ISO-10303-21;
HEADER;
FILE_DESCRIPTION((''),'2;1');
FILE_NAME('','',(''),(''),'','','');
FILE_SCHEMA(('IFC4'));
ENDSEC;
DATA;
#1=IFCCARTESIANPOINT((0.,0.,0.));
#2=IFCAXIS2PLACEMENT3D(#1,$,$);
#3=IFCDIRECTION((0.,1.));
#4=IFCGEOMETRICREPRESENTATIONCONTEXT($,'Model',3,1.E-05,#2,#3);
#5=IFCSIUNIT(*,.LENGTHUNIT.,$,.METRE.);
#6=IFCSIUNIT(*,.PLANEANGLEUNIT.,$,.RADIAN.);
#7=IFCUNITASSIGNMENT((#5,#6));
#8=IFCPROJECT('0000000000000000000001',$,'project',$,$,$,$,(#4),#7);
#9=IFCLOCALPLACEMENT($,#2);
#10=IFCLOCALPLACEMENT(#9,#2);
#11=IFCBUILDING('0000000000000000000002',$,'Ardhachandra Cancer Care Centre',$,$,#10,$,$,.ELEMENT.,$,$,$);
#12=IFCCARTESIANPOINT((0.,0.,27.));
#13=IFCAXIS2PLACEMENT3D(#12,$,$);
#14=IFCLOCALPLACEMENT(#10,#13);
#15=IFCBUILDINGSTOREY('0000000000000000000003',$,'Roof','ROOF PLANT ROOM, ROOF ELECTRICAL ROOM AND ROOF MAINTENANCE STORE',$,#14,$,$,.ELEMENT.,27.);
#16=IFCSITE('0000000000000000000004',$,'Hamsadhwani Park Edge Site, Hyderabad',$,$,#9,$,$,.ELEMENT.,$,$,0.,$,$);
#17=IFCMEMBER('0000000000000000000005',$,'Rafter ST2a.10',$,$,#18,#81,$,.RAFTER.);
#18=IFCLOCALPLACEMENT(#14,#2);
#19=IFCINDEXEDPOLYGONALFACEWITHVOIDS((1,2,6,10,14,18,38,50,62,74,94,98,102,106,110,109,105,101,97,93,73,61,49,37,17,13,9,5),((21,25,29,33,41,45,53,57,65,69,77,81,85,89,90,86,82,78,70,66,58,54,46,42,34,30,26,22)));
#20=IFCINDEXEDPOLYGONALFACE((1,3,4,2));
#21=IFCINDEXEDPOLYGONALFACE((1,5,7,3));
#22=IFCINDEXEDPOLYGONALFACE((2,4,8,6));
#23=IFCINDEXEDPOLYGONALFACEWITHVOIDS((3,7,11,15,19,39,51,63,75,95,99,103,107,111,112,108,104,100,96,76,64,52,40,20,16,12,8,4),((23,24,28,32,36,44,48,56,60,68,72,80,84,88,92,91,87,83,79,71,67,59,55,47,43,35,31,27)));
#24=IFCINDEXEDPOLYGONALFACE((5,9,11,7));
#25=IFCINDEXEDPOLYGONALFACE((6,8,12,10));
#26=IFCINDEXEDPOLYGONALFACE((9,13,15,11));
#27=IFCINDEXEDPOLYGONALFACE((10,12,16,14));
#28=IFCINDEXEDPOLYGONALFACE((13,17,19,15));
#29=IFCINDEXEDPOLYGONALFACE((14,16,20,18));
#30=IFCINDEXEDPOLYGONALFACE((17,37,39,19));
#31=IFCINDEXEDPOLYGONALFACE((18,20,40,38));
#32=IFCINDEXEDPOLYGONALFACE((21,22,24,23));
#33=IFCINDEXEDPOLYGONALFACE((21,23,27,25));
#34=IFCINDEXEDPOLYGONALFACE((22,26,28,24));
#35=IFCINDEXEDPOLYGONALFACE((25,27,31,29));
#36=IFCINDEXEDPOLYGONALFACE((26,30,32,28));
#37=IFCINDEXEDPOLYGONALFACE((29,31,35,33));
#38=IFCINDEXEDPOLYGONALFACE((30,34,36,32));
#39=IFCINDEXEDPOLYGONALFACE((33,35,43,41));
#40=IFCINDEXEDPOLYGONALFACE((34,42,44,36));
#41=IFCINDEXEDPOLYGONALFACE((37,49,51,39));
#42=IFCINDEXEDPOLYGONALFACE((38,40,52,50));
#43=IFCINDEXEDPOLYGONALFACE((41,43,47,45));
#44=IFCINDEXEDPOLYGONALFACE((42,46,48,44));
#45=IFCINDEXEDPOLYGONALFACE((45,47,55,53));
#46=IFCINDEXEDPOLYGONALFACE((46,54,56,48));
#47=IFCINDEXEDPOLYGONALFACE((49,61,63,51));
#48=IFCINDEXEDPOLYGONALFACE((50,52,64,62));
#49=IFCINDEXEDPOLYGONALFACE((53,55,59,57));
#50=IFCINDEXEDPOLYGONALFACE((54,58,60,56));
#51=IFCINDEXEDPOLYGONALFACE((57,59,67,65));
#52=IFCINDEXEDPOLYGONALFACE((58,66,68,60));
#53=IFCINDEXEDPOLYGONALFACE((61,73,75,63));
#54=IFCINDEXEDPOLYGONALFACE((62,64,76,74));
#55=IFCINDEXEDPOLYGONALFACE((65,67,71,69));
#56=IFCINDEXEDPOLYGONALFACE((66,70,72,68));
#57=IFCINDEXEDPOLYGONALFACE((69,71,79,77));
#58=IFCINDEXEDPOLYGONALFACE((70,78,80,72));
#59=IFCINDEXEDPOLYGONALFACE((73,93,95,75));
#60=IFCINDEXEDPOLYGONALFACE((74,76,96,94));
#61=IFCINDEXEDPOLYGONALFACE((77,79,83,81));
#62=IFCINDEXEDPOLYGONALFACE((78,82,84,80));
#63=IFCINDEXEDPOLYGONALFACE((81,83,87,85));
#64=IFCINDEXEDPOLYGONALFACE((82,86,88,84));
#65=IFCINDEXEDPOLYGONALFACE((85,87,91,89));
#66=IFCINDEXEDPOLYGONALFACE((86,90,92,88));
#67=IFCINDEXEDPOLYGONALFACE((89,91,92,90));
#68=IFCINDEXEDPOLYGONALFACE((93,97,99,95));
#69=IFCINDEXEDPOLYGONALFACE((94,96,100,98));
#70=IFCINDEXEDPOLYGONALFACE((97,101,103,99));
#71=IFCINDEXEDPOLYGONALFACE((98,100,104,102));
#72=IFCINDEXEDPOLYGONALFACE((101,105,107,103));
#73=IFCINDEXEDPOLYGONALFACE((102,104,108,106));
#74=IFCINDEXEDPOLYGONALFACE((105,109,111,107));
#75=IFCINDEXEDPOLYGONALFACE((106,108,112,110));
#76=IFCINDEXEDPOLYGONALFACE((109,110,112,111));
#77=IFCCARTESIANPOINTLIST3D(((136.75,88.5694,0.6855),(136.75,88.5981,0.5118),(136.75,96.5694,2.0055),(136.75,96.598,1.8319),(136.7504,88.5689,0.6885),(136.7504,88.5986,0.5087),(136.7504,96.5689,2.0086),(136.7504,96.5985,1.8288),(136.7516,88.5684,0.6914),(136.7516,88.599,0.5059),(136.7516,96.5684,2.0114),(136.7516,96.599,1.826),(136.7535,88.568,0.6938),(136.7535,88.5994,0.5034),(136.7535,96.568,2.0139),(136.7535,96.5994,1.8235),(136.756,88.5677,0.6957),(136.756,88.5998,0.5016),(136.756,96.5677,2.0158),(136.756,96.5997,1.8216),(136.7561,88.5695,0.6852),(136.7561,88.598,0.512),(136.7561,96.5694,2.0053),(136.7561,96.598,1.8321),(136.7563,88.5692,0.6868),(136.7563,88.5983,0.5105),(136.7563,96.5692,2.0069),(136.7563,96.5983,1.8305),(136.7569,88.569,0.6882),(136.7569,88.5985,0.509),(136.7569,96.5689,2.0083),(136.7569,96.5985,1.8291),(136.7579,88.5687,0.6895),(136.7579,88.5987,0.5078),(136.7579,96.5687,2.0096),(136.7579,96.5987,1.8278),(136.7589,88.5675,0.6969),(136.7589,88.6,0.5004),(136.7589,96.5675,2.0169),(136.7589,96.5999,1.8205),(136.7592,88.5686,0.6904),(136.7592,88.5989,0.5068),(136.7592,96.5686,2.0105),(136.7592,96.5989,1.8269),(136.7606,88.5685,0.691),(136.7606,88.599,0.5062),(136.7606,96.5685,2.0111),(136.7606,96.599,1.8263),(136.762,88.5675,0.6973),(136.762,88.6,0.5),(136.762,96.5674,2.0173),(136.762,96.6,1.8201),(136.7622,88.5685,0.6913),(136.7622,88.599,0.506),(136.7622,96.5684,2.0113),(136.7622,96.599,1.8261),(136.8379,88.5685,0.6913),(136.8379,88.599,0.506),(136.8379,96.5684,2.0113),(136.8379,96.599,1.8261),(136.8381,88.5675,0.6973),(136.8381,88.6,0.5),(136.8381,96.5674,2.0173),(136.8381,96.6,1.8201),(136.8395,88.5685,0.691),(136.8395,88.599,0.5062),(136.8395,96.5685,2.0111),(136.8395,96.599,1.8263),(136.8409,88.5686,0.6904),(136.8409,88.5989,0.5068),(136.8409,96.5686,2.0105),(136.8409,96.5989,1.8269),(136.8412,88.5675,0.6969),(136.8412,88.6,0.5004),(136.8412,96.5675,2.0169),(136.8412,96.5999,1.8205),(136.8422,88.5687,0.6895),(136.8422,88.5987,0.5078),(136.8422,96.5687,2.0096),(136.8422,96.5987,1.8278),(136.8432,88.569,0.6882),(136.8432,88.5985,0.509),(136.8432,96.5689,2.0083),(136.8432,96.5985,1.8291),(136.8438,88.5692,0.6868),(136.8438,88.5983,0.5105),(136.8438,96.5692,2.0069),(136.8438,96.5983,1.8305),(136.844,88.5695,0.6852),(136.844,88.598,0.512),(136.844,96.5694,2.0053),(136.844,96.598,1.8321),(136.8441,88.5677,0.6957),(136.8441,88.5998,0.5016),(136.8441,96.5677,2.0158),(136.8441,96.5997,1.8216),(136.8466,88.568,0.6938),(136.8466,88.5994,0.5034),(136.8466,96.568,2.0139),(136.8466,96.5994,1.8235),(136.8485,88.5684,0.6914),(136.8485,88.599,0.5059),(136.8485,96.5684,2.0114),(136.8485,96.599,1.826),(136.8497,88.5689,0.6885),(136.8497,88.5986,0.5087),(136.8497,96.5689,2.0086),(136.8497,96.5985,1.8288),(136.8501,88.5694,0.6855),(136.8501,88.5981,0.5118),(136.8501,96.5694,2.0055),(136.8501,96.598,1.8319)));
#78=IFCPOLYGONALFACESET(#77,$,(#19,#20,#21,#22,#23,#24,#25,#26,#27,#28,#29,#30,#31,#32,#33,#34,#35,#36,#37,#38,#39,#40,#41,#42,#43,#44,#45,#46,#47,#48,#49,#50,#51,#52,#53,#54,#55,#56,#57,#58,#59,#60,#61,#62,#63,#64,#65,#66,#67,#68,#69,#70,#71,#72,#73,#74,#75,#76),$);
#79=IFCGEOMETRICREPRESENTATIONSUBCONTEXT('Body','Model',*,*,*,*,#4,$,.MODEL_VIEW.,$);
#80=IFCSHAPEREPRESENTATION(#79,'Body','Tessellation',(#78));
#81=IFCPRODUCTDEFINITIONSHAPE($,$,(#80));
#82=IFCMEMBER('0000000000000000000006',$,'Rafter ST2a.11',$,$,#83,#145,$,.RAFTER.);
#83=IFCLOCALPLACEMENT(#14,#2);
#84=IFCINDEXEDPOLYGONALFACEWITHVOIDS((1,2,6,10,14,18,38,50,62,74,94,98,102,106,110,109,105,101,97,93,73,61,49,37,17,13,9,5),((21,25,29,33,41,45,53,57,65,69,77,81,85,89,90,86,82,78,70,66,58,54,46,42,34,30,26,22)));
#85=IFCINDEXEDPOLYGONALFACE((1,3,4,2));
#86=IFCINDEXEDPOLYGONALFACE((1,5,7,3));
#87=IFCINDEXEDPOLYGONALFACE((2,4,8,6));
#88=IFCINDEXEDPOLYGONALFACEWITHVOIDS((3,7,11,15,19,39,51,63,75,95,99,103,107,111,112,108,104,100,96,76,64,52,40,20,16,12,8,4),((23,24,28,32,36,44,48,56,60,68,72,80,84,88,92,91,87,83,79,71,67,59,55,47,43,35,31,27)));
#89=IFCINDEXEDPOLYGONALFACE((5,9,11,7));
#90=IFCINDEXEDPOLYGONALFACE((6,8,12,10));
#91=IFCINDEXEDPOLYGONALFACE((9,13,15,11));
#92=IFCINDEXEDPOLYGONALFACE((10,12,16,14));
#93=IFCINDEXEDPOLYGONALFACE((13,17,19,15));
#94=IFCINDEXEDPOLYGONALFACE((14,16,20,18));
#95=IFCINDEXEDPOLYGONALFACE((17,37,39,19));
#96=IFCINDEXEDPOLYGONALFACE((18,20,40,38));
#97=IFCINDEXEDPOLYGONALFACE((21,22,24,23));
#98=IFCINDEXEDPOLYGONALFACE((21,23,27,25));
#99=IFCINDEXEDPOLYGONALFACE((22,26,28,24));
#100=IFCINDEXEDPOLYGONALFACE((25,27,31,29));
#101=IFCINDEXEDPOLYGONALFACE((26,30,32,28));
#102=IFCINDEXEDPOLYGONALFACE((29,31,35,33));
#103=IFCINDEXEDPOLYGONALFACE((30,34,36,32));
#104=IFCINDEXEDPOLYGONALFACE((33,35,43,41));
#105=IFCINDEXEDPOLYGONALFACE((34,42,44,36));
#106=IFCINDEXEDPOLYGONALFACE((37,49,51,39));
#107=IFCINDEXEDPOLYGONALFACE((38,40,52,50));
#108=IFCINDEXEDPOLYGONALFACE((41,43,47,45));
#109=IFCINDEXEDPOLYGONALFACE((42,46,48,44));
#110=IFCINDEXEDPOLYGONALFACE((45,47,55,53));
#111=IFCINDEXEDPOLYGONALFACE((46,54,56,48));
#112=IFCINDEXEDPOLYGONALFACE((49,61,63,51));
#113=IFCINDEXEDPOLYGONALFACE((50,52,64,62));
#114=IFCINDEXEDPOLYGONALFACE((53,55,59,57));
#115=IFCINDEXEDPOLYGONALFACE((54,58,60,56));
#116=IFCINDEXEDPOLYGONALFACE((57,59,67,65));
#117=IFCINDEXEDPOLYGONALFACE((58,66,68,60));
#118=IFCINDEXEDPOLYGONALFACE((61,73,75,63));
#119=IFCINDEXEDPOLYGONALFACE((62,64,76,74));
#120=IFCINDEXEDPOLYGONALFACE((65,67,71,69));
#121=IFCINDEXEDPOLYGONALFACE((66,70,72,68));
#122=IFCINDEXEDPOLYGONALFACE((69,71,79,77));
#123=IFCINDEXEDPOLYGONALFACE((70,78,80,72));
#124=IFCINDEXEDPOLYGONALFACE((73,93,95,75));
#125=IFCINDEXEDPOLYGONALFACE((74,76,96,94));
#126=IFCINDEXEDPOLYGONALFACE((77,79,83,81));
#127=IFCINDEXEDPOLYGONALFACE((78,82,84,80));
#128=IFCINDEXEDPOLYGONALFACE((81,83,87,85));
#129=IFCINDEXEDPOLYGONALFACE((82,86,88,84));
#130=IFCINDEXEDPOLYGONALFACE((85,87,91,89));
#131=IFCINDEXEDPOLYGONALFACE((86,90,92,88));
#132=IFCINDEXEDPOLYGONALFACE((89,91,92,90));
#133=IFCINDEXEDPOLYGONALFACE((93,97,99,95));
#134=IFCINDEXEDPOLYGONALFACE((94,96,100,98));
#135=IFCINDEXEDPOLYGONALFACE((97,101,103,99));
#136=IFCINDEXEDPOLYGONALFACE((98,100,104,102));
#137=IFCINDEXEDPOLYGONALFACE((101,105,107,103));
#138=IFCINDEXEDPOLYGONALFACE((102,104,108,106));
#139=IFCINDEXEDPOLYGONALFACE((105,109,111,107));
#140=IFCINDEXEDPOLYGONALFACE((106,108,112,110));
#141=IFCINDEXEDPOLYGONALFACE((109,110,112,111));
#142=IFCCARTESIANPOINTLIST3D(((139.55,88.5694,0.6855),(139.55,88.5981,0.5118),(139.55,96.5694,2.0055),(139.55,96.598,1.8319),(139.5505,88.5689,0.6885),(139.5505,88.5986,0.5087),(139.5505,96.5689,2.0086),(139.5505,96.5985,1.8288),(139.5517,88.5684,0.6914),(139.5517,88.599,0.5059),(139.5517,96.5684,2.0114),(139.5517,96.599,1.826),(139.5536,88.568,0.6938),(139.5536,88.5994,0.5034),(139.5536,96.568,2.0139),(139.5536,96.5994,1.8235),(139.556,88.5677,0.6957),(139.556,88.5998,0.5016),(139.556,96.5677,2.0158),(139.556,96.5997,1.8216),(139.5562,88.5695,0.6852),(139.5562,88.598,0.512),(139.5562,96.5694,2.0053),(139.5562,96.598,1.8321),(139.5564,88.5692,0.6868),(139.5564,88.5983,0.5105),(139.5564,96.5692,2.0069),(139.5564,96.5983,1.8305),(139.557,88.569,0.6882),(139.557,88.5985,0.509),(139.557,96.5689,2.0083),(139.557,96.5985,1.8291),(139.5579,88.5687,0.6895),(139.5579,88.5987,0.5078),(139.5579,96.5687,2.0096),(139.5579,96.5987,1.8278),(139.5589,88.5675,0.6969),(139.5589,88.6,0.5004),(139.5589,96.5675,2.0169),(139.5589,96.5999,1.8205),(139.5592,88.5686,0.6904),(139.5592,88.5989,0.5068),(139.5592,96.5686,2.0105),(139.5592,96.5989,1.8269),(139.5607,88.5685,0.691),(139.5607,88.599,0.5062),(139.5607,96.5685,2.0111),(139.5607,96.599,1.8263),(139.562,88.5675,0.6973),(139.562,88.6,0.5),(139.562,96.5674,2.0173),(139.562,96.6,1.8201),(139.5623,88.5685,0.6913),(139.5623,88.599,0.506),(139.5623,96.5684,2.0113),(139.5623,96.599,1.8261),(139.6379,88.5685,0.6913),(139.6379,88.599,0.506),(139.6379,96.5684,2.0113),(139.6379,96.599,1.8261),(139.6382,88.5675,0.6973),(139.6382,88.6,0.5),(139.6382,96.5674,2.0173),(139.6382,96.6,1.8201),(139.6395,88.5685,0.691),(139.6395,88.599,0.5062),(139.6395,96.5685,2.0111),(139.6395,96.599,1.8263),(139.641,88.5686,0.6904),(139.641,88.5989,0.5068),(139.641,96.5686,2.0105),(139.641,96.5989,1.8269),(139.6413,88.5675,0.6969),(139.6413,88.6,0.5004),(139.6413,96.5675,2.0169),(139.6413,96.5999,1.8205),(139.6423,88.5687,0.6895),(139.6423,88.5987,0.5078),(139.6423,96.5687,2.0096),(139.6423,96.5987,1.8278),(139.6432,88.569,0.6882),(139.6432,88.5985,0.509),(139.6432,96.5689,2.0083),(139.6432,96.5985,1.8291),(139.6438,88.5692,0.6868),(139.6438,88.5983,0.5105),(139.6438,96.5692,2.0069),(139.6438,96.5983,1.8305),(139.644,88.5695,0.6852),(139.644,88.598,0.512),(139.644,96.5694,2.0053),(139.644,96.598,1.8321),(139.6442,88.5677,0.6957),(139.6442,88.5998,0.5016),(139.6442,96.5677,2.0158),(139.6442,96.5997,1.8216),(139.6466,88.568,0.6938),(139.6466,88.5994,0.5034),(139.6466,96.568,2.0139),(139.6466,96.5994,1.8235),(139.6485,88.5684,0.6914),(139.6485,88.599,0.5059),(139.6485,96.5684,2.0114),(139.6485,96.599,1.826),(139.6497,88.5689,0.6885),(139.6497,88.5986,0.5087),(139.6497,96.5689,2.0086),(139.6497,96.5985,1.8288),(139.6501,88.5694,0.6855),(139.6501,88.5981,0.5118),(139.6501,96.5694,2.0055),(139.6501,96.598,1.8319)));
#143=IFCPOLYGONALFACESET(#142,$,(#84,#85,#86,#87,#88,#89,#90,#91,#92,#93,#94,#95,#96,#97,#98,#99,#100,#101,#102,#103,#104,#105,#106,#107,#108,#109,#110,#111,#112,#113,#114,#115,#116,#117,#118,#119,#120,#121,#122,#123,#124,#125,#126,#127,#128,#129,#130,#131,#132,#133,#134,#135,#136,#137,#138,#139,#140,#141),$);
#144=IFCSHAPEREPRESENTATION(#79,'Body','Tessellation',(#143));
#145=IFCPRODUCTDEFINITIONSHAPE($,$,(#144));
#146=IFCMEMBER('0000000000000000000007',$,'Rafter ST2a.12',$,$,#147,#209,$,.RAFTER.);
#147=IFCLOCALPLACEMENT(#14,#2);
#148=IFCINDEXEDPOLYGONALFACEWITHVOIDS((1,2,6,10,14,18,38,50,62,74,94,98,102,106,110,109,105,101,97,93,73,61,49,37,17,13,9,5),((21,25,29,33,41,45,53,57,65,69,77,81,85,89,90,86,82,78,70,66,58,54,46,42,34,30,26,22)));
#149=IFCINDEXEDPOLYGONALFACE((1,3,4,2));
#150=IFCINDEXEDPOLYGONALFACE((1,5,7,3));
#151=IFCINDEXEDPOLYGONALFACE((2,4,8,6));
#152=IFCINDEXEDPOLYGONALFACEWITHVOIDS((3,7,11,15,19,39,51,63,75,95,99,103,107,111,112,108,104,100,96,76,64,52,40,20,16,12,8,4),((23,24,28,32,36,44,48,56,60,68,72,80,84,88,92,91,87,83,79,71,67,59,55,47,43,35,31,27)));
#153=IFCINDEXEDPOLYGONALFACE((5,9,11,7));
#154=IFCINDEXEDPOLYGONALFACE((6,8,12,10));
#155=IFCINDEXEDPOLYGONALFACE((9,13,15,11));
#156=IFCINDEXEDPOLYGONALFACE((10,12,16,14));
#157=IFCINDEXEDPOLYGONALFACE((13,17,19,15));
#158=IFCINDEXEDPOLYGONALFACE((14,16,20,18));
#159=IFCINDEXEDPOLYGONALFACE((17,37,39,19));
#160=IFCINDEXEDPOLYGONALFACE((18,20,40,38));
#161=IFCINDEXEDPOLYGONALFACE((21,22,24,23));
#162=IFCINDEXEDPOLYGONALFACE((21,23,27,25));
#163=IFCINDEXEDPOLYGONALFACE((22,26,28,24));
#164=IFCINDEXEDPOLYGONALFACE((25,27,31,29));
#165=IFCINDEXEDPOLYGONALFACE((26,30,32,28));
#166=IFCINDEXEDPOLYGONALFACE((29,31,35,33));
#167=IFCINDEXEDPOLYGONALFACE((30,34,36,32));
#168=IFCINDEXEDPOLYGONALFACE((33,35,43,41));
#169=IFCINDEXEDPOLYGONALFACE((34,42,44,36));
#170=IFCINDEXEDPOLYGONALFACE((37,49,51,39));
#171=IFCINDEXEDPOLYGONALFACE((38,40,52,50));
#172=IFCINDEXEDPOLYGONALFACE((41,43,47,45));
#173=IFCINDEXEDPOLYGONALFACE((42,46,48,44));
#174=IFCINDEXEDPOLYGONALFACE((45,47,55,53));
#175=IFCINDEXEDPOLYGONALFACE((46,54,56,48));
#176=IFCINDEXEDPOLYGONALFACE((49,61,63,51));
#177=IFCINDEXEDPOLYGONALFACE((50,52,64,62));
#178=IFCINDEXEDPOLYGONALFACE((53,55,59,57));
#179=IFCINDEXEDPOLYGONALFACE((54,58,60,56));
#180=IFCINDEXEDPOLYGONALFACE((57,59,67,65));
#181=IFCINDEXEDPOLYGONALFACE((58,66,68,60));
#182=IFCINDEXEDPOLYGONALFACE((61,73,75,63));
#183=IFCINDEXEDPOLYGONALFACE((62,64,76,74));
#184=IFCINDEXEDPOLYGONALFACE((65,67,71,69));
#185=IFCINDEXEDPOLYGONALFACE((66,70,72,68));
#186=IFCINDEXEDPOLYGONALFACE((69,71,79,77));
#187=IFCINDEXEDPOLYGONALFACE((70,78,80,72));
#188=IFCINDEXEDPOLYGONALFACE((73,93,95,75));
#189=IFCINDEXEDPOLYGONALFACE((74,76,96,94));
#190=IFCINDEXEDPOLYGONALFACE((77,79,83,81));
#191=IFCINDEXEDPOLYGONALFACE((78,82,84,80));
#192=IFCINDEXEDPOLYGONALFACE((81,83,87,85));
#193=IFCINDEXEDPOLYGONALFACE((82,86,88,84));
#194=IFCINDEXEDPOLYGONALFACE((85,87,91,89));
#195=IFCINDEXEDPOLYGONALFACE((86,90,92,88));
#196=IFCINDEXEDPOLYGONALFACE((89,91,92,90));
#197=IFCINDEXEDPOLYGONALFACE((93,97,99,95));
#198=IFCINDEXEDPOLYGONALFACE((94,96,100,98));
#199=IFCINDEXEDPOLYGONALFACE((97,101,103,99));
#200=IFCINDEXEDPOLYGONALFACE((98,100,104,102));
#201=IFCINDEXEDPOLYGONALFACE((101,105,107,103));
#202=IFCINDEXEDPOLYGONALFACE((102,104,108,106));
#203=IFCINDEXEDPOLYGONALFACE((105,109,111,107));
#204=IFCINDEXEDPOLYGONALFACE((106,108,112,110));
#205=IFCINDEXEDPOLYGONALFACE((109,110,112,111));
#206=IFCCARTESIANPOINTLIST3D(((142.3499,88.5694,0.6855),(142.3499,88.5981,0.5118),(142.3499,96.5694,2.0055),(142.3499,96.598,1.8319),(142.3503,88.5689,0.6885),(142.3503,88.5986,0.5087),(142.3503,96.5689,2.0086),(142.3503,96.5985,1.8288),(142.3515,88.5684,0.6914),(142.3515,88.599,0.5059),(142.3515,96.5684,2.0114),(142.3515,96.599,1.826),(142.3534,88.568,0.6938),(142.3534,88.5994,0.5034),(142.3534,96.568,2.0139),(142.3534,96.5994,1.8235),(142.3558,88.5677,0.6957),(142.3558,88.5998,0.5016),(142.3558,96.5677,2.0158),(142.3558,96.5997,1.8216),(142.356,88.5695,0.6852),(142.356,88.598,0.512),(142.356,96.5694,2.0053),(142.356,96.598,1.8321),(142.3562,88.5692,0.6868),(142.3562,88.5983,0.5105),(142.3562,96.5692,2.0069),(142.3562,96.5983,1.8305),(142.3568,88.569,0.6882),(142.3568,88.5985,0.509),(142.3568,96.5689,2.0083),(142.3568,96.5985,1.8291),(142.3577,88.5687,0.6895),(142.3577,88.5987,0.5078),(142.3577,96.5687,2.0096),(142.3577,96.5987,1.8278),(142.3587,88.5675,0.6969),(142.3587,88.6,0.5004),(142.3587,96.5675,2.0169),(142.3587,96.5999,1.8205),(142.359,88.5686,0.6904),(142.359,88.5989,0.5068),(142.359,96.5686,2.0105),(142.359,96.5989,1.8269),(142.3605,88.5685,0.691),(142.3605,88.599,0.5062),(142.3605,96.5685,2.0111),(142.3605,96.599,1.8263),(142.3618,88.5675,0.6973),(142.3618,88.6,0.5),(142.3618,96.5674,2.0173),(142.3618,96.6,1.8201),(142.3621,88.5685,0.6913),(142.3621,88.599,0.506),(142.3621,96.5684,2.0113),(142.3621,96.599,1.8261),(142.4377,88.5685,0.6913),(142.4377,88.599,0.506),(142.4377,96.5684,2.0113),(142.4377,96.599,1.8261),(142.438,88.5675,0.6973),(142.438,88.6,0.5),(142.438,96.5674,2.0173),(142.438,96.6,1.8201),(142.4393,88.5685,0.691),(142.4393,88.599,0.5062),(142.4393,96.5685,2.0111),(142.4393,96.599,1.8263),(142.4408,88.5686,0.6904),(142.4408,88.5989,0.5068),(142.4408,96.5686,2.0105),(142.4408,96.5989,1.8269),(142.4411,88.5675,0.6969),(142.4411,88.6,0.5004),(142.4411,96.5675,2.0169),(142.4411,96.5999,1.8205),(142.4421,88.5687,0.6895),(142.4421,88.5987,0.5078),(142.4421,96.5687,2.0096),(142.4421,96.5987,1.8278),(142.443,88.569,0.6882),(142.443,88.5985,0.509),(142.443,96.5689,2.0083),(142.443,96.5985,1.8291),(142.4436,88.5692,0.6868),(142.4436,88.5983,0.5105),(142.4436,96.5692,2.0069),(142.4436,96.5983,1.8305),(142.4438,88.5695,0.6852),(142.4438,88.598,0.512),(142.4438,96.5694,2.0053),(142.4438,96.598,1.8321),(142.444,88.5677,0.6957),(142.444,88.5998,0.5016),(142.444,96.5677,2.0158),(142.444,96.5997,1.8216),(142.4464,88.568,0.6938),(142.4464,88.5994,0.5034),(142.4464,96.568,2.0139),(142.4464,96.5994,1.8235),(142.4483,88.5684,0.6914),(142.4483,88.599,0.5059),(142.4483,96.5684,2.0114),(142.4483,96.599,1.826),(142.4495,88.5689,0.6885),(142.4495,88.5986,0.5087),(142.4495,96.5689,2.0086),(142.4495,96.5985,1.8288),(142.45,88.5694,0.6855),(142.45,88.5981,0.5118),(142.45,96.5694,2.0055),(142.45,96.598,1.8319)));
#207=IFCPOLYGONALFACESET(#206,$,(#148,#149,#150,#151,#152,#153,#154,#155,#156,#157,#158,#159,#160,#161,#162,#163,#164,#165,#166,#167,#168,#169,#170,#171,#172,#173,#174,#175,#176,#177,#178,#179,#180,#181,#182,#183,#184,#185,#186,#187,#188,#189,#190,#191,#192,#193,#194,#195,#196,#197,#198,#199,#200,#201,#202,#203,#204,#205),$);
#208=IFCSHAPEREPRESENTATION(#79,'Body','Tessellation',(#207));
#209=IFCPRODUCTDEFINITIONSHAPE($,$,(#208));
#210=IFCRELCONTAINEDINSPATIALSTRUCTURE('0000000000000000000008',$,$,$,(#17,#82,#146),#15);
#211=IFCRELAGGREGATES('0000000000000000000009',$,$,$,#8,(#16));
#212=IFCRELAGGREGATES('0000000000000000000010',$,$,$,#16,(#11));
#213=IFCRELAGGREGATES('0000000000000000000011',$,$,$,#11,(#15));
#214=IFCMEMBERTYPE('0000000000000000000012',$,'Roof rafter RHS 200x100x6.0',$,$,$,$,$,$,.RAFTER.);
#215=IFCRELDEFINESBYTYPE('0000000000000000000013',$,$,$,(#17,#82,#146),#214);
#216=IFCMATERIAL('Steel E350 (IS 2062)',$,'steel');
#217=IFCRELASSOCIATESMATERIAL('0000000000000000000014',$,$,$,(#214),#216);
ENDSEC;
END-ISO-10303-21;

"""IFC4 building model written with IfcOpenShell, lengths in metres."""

from ifc_helpers import new_model, si_unit, direction, frame, origin, origin_2d, place, context, subcontext, project, spatial, hollow_rectangle, extrude, material, material_profile, profile_set, type_object, element, save


model = new_model("IFC4")

# Units and contexts
model_context = context("Model", 3, precision=1e-05, world=origin(), true_north=direction((0.0, 1.0)))
body_context = subcontext(model_context, "Body", "Model", "MODEL_VIEW")
ifc_project = project(units=[si_unit("LENGTHUNIT", "METRE"), si_unit("PLANEANGLEUNIT", "RADIAN")], contexts=[model_context])

# Site, building, storey
site_placement = place(None, origin())
site = spatial("IfcSite", under=ifc_project, at=site_placement, Name="Hamsadhwani Park Edge Site, Hyderabad", CompositionType="ELEMENT", RefElevation=0.0)
building_placement = place(site_placement, origin())
building = spatial("IfcBuilding", under=site, at=building_placement, Name="Ardhachandra Cancer Care Centre", CompositionType="ELEMENT")
storey_placement = place(building_placement, frame((0.0, 0.0, 27.0)))
storey = spatial("IfcBuildingStorey", under=building, at=storey_placement, Name="Roof", Description="ROOF PLANT ROOM, ROOF ELECTRICAL ROOM AND ROOF MAINTENANCE STORE", CompositionType="ELEMENT", Elevation=27.0)

# Members
ifc_material_1 = material(Name="Steel E350 (IS 2062)", Category="steel")
ifc_material_profile_1 = material_profile(ifc_material_1, hollow_rectangle(XDim=0.1001, YDim=0.2, WallThickness=0.0061, InnerFilletRadius=0.0061, OuterFilletRadius=0.012, at=origin_2d()), Name="RHS 200x100x6.0")
ifc_profile_set_1 = profile_set([ifc_material_profile_1], Name="Steel E350 (IS 2062)")
member_type_1 = type_object("IfcMemberType", Name="Roof rafter RHS 200x100x6.0", PredefinedType="RAFTER", material=ifc_profile_set_1)
for number, where, z_axis, x_axis, name in (
    (1, (136.8, 88.5837, 0.5986), (0.0, 0.986658, 0.162807), (-1.0, 0.0, 0.0), "Rafter ST2a.10"),
    (2, (139.6001, 88.5837, 0.5986), (0.0, 0.986658, 0.162807), (-1.0, 0.0, 0.0), "Rafter ST2a.11"),
    (3, (142.3999, 88.5837, 0.5986), (0.0, 0.986658, 0.162807), (-1.0, 0.0, 0.0), "Rafter ST2a.12"),
):
    element("IfcMember", number, at=place(storey_placement, frame(where, z_axis=z_axis, x_axis=x_axis)), inside=storey, type_object=member_type_1, Name=name, PredefinedType="RAFTER", context=body_context, shape_type="SweptSolid", body=[
        extrude(hollow_rectangle(XDim=0.1001, YDim=0.2, WallThickness=0.0061, InnerFilletRadius=0.0061, OuterFilletRadius=0.012, at=origin_2d()), origin(), (0.0, 0.0, 1.0), 8.1082),
    ])

save(model, "model.ifc")
